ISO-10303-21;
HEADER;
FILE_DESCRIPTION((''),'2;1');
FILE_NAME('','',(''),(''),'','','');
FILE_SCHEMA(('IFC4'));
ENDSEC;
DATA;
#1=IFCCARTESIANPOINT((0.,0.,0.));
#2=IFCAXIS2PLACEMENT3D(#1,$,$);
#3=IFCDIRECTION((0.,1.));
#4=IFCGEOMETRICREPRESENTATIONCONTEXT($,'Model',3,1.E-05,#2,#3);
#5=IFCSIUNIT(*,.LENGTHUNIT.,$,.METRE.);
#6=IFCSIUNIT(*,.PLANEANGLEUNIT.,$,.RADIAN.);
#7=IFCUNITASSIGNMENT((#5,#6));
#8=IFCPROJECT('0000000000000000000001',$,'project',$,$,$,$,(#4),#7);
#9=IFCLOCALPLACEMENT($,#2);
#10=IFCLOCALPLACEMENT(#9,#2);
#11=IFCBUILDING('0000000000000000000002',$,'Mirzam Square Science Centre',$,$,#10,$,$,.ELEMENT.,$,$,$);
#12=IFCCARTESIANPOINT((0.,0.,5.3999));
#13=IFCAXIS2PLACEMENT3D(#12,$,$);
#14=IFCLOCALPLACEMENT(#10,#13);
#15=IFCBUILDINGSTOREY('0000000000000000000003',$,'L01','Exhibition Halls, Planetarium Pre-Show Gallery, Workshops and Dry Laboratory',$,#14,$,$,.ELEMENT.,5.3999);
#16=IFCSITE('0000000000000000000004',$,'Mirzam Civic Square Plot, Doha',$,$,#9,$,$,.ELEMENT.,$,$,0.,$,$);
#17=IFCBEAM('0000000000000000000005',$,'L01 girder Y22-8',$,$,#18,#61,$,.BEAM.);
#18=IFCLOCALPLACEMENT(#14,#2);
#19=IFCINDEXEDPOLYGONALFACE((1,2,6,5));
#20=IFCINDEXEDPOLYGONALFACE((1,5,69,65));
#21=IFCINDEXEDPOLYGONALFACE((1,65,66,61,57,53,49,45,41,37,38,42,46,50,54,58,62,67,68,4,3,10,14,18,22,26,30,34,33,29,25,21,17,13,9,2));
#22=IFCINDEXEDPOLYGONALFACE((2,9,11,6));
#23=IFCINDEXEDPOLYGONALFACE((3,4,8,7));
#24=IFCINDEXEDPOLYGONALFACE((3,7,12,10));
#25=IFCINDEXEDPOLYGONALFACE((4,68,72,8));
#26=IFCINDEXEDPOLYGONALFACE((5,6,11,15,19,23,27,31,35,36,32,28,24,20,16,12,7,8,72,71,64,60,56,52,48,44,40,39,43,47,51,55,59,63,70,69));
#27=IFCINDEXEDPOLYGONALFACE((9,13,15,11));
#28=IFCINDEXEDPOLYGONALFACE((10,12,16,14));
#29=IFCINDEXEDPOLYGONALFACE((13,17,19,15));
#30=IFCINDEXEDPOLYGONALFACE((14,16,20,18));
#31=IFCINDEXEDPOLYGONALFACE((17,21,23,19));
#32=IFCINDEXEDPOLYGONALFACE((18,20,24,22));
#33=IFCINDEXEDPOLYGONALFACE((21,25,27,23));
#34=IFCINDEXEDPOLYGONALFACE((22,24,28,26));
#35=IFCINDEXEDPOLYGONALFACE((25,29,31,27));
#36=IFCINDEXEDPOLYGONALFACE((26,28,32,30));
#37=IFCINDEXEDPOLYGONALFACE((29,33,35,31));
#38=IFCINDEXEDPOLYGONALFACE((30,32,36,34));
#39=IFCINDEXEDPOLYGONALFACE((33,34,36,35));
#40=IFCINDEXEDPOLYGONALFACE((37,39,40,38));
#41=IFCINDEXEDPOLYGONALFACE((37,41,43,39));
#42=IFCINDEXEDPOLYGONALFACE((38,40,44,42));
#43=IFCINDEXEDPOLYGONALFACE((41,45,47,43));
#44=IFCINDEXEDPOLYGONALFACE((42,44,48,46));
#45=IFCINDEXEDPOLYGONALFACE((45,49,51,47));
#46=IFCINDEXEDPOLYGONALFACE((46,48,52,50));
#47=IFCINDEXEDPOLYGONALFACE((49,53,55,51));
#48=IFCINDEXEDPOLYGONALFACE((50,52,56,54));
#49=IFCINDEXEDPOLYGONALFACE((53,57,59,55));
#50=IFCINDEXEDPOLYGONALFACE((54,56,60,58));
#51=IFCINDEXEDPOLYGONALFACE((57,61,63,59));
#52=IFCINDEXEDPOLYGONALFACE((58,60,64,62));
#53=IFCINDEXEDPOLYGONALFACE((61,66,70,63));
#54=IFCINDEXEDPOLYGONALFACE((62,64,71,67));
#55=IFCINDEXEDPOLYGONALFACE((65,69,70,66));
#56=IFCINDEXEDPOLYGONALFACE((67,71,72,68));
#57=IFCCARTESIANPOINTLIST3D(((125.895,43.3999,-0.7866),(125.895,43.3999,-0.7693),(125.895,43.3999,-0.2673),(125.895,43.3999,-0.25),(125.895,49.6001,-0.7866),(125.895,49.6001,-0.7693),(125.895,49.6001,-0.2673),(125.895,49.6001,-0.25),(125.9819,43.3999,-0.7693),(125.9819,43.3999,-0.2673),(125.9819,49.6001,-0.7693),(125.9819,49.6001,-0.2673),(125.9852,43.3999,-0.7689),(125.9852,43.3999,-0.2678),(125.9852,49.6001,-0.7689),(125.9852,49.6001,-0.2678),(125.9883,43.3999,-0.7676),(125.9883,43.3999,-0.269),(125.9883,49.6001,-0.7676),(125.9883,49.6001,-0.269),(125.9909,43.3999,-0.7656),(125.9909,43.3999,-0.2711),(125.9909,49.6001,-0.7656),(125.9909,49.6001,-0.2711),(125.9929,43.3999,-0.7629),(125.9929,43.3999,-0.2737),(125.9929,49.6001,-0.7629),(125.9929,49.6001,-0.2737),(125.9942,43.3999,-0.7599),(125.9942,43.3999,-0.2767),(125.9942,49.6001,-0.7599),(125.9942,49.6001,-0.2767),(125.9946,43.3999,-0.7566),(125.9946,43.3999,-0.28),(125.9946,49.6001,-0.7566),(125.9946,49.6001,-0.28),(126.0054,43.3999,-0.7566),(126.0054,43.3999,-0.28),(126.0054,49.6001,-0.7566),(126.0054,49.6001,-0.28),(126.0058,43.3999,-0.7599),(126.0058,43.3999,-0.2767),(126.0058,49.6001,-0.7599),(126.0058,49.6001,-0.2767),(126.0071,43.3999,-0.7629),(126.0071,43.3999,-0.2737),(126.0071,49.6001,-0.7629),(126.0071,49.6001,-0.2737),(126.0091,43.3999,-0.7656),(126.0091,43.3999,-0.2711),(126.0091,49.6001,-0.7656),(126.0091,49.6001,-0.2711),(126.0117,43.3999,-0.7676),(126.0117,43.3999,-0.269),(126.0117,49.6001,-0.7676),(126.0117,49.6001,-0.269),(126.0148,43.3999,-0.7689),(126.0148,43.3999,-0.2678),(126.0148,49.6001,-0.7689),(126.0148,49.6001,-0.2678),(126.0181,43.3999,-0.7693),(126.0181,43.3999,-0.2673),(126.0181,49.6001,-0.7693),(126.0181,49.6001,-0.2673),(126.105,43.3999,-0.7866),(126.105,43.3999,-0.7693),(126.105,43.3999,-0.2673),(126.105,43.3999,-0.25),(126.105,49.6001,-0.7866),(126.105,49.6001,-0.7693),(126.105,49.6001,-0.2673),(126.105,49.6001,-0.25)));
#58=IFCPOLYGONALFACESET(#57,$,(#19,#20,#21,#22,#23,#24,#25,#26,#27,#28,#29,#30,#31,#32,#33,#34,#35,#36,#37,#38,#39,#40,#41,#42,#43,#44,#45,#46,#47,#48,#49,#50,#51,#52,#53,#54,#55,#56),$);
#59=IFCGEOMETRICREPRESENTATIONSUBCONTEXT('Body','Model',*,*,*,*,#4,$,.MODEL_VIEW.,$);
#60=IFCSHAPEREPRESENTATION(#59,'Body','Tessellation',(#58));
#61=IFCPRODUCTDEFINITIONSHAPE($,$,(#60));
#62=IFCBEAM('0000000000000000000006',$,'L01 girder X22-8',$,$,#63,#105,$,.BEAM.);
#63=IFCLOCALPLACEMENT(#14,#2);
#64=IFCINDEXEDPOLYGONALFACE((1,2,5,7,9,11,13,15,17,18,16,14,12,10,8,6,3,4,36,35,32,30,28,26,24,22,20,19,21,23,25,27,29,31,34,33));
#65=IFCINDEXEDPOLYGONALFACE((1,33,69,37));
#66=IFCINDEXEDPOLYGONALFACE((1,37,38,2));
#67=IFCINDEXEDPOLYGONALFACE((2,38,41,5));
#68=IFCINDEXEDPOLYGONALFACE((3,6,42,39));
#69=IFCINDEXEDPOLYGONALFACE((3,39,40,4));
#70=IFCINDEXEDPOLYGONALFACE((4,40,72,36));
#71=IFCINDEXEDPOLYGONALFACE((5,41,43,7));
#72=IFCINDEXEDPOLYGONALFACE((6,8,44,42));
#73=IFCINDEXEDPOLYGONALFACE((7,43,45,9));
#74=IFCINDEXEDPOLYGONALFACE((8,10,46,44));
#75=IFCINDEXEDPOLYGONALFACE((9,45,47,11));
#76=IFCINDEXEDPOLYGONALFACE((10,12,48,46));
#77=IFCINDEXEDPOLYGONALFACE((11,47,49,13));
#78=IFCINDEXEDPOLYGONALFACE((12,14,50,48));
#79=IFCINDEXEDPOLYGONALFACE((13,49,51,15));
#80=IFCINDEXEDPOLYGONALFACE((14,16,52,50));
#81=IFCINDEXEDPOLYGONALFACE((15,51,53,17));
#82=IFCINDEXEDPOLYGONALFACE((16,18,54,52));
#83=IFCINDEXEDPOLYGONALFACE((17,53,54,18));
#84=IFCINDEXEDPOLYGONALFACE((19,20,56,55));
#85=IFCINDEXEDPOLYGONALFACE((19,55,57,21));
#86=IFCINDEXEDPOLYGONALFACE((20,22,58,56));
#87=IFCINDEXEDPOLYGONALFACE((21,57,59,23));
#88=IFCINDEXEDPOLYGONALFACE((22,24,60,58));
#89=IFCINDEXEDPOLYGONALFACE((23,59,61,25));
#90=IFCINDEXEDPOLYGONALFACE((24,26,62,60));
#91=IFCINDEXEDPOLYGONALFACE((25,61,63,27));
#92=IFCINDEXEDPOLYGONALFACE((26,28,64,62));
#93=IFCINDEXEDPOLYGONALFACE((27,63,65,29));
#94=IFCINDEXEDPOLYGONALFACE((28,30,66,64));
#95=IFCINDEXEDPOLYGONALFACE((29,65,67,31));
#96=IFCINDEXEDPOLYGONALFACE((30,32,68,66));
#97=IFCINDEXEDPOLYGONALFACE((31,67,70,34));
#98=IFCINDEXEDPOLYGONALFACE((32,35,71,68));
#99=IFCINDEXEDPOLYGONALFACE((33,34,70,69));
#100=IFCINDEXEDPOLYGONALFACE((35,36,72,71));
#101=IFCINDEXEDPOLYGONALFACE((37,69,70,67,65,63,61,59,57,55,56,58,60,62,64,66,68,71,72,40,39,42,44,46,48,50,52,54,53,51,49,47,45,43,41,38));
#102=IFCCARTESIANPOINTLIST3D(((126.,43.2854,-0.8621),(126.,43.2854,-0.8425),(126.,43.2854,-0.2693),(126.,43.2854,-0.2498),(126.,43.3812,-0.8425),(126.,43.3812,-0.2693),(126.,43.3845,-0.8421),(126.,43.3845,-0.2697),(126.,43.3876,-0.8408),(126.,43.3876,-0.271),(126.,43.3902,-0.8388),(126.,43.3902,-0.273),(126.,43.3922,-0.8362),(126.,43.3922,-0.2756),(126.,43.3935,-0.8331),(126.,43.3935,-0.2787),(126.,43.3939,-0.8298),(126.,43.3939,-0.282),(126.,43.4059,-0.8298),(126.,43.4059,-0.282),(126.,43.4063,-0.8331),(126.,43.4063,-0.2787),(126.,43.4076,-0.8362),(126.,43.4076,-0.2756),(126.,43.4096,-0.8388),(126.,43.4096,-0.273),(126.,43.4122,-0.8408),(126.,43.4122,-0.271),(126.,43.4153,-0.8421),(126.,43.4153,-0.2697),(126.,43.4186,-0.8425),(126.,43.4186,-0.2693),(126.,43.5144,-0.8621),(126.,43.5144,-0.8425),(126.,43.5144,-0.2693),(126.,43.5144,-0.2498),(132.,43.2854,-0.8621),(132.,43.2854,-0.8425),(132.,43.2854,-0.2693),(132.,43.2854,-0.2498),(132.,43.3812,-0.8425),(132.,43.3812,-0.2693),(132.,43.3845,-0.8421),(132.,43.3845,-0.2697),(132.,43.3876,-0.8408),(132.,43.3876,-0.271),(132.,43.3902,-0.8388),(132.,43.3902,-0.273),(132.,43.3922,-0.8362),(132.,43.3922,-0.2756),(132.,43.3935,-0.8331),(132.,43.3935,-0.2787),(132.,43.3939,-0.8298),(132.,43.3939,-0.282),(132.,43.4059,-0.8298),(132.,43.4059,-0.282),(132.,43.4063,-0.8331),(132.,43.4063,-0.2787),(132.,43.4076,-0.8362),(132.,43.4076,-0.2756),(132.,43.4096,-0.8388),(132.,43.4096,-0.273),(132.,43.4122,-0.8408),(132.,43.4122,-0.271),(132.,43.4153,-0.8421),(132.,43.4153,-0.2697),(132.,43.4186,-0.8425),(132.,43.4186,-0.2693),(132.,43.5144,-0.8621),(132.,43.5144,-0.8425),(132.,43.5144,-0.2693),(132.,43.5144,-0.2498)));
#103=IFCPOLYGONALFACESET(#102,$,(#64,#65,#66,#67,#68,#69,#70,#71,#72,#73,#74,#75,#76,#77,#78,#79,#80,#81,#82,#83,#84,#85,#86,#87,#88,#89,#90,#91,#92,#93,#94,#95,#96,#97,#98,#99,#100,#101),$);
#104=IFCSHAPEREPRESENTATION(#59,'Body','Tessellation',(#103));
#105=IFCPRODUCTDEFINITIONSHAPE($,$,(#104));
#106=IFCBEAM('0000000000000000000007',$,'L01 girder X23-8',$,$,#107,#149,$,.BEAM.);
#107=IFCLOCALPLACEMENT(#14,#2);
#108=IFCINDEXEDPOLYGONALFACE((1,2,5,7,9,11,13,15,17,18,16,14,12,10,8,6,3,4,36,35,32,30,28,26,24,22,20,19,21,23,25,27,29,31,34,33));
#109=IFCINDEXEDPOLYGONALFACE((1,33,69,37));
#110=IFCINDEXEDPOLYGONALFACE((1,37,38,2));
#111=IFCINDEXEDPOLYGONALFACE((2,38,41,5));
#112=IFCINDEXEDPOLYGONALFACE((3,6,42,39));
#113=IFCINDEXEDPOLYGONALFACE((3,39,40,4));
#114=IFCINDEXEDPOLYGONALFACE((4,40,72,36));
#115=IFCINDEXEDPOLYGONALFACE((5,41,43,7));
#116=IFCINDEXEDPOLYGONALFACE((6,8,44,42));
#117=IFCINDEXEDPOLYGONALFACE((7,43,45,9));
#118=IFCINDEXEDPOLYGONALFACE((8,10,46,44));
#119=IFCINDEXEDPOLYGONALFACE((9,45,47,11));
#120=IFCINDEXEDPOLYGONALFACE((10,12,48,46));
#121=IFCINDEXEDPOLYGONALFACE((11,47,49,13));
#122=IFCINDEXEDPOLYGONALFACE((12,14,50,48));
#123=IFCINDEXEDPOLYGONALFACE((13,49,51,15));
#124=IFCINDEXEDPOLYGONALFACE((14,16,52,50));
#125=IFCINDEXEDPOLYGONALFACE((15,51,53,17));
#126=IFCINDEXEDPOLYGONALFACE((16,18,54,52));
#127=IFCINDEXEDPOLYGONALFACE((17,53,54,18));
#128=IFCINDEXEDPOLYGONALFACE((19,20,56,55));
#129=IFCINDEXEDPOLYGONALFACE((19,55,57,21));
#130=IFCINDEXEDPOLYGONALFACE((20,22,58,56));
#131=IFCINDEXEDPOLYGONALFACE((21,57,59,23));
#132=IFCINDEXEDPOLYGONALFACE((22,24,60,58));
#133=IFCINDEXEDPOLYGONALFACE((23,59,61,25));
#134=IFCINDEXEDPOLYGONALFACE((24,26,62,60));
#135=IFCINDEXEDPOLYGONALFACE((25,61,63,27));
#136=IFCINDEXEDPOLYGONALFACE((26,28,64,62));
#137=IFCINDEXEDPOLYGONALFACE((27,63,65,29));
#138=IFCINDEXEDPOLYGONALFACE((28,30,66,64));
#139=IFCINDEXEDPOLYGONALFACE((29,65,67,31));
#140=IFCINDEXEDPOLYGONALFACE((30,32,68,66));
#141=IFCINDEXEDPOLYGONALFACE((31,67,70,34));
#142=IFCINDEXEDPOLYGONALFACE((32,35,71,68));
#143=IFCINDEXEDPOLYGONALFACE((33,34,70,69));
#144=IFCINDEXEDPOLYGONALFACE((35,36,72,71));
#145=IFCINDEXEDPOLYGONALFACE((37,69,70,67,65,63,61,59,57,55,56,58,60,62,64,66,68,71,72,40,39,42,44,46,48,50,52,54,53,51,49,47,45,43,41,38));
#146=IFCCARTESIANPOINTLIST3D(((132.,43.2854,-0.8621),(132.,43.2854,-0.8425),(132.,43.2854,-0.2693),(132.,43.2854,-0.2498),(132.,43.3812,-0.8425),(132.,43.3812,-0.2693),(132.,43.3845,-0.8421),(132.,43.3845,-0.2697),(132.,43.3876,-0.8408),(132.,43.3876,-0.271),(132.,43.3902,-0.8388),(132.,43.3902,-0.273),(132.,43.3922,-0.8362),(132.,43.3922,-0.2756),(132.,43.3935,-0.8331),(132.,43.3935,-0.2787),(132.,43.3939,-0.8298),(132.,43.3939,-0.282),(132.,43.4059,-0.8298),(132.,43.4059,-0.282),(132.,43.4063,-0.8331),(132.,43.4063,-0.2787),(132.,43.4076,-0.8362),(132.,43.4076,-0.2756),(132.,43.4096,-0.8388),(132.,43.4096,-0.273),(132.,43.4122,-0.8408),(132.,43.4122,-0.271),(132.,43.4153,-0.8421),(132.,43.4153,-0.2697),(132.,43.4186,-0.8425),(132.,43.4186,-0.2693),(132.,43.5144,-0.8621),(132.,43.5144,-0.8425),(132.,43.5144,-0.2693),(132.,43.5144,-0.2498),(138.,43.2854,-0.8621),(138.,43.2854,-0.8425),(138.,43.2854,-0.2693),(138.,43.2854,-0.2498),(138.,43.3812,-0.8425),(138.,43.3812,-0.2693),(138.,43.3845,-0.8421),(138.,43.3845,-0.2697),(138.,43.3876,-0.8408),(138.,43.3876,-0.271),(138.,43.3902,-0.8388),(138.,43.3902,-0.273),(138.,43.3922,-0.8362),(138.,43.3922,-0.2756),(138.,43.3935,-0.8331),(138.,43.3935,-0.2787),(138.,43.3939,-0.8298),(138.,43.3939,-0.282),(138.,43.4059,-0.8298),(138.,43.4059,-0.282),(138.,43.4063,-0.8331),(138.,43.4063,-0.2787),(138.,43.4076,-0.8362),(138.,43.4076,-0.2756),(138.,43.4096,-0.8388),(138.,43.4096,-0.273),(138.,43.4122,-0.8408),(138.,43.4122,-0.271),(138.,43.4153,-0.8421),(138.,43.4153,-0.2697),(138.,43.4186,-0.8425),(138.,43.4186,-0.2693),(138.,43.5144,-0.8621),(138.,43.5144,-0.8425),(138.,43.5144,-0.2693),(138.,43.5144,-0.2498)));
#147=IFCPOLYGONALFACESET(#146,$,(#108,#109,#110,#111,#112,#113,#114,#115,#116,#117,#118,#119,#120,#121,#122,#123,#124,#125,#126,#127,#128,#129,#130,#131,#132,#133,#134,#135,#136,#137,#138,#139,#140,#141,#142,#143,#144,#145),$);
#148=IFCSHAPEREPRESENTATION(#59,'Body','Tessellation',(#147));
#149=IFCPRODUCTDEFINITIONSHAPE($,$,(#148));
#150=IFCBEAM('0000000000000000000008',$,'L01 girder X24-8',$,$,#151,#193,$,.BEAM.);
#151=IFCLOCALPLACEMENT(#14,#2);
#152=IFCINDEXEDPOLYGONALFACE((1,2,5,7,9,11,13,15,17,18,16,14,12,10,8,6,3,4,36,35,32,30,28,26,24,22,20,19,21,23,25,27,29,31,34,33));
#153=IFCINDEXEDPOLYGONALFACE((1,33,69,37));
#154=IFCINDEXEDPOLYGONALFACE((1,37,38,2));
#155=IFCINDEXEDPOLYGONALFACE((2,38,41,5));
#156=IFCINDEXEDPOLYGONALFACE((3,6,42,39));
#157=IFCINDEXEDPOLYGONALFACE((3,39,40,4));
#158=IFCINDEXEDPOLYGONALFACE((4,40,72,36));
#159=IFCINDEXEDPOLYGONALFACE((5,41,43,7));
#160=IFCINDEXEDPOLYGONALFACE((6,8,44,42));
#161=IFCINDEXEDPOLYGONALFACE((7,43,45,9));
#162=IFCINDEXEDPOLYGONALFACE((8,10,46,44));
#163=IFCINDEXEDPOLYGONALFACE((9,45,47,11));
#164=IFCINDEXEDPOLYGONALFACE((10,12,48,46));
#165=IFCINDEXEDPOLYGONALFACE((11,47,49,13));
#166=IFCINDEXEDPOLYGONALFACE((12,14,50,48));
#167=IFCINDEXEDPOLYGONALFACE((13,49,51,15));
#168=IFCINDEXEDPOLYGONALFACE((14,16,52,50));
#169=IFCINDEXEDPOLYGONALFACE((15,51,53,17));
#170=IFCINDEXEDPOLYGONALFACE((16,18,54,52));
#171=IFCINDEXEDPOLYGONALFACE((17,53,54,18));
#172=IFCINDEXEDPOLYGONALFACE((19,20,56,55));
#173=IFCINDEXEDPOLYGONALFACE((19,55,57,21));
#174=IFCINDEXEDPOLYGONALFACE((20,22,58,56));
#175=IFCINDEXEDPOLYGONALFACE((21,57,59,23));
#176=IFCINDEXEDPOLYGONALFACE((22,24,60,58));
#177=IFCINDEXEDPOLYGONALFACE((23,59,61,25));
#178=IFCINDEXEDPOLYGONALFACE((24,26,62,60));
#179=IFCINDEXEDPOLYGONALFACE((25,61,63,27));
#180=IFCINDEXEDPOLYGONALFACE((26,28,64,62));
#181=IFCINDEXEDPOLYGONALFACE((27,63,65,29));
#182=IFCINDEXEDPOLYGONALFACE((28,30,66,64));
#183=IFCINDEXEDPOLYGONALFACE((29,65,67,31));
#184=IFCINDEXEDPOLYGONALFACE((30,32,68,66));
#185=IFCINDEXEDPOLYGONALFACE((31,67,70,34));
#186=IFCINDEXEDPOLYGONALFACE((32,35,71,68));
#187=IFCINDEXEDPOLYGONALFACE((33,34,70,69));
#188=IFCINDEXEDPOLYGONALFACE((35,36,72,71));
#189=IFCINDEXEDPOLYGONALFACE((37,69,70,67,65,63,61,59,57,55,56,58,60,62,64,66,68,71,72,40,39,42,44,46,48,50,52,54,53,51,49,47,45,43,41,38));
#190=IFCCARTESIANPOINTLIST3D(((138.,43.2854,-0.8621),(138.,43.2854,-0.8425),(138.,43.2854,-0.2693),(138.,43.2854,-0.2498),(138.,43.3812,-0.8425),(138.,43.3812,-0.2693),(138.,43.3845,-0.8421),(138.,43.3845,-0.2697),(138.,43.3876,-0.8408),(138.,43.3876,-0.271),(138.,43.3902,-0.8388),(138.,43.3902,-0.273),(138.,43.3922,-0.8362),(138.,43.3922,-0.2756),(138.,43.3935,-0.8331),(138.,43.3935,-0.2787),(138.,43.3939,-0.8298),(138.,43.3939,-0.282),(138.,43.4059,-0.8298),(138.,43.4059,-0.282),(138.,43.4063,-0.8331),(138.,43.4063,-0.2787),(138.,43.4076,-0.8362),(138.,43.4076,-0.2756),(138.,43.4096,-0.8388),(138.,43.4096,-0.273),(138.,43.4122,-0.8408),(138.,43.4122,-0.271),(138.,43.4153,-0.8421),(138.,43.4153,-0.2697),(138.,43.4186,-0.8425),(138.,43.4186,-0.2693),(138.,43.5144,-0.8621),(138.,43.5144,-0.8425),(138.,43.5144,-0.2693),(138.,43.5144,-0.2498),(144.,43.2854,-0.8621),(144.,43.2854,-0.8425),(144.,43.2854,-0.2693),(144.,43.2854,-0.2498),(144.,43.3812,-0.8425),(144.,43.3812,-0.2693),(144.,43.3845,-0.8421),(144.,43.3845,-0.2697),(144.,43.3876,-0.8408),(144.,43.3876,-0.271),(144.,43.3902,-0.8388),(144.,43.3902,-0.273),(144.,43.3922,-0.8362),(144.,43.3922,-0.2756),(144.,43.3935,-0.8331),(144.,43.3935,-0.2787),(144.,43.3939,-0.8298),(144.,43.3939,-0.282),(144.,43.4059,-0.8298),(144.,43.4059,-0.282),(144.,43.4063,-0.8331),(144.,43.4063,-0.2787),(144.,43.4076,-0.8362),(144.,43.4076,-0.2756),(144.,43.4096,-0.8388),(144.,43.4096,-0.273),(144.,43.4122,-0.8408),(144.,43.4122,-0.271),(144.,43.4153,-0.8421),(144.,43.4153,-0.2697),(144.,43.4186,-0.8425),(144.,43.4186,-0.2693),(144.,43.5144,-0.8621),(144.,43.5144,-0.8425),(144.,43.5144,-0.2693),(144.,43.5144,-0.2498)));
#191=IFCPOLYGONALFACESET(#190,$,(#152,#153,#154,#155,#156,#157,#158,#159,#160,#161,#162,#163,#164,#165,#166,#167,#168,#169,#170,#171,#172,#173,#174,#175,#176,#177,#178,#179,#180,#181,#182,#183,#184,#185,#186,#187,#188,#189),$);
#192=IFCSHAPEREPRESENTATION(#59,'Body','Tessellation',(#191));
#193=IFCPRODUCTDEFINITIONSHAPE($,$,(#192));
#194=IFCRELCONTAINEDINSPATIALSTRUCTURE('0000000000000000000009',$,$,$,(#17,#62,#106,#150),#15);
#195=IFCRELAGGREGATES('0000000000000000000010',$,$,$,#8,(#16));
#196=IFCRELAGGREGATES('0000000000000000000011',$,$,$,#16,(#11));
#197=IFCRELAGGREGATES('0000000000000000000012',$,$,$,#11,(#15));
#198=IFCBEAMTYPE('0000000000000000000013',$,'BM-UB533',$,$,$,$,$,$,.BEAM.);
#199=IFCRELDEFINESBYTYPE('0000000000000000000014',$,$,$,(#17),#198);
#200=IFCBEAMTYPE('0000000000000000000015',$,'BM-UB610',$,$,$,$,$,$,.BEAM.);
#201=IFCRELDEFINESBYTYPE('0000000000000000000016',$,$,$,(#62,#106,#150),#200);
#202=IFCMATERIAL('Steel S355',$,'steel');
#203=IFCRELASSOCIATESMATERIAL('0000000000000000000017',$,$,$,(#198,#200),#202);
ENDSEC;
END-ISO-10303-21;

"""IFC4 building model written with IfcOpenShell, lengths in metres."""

from ifc_helpers import new_model, si_unit, direction, frame, origin, origin_2d, place, context, subcontext, project, spatial, i_section, extrude, material, material_profile, profile_set, type_object, element, save


model = new_model("IFC4")

# Units and contexts
model_context = context("Model", 3, precision=1e-05, world=origin(), true_north=direction((0.0, 1.0)))
body_context = subcontext(model_context, "Body", "Model", "MODEL_VIEW")
ifc_project = project(units=[si_unit("LENGTHUNIT", "METRE"), si_unit("PLANEANGLEUNIT", "RADIAN")], contexts=[model_context])

# Site, building, storey
site_placement = place(None, origin())
site = spatial("IfcSite", under=ifc_project, at=site_placement, Name="Mirzam Civic Square Plot, Doha", CompositionType="ELEMENT", RefElevation=0.0)
building_placement = place(site_placement, origin())
building = spatial("IfcBuilding", under=site, at=building_placement, Name="Mirzam Square Science Centre", CompositionType="ELEMENT")
storey_placement = place(building_placement, frame((0.0, 0.0, 5.3999)))
storey = spatial("IfcBuildingStorey", under=building, at=storey_placement, Name="L01", Description="Exhibition Halls, Planetarium Pre-Show Gallery, Workshops and Dry Laboratory", CompositionType="ELEMENT", Elevation=5.3999)

# Shared definitions
ifc_material_1 = material(Name="Steel S355", Category="steel")

# Beams
ifc_material_profile_1 = material_profile(ifc_material_1, i_section(OverallWidth=0.21, OverallDepth=0.5366, WebThickness=0.0107, FlangeThickness=0.0173, FilletRadius=0.0127, at=origin_2d()), Name="533x210x101UB")
ifc_profile_set_1 = profile_set([ifc_material_profile_1], Name="Steel S355")
beam_type_1 = type_object("IfcBeamType", Name="BM-UB533", PredefinedType="BEAM", material=ifc_profile_set_1)
beam_1_placement = place(storey_placement, frame((126.0, 43.3999, -0.5183), z_axis=(0.0, 1.0, 0.0), x_axis=(-1.0, 0.0, 0.0)))
element("IfcBeam", 1, at=beam_1_placement, inside=storey, type_object=beam_type_1, Name="L01 girder Y22-8", PredefinedType="BEAM", context=body_context, shape_type="SweptSolid", body=[
    extrude(i_section(OverallWidth=0.21, OverallDepth=0.5366, WebThickness=0.0107, FlangeThickness=0.0173, FilletRadius=0.0127, at=origin_2d()), origin(), (0.0, 0.0, 1.0), 6.2002),
])
ifc_material_profile_2 = material_profile(ifc_material_1, i_section(OverallWidth=0.229, OverallDepth=0.6123, WebThickness=0.012, FlangeThickness=0.0195, FilletRadius=0.0127, at=origin_2d()), Name="610x229x125UB")
ifc_profile_set_2 = profile_set([ifc_material_profile_2], Name="Steel S355")
beam_type_2 = type_object("IfcBeamType", Name="BM-UB610", PredefinedType="BEAM", material=ifc_profile_set_2)
for number, where, z_axis, x_axis, name in (
    (2, (126.0, 43.3999, -0.5559), (1.0, 0.0, 0.0), (0.0, 1.0, 0.0), "L01 girder X22-8"),
    (3, (132.0, 43.3999, -0.5559), (1.0, 0.0, 0.0), (0.0, 1.0, 0.0), "L01 girder X23-8"),
    (4, (138.0, 43.3999, -0.5559), (1.0, 0.0, 0.0), (0.0, 1.0, 0.0), "L01 girder X24-8"),
):
    element("IfcBeam", number, at=place(storey_placement, frame(where, z_axis=z_axis, x_axis=x_axis)), inside=storey, type_object=beam_type_2, Name=name, PredefinedType="BEAM", context=body_context, shape_type="SweptSolid", body=[
        extrude(i_section(OverallWidth=0.229, OverallDepth=0.6123, WebThickness=0.012, FlangeThickness=0.0195, FilletRadius=0.0127, at=origin_2d()), origin(), (0.0, 0.0, 1.0), 6.0),
    ])

save(model, "model.ifc")
